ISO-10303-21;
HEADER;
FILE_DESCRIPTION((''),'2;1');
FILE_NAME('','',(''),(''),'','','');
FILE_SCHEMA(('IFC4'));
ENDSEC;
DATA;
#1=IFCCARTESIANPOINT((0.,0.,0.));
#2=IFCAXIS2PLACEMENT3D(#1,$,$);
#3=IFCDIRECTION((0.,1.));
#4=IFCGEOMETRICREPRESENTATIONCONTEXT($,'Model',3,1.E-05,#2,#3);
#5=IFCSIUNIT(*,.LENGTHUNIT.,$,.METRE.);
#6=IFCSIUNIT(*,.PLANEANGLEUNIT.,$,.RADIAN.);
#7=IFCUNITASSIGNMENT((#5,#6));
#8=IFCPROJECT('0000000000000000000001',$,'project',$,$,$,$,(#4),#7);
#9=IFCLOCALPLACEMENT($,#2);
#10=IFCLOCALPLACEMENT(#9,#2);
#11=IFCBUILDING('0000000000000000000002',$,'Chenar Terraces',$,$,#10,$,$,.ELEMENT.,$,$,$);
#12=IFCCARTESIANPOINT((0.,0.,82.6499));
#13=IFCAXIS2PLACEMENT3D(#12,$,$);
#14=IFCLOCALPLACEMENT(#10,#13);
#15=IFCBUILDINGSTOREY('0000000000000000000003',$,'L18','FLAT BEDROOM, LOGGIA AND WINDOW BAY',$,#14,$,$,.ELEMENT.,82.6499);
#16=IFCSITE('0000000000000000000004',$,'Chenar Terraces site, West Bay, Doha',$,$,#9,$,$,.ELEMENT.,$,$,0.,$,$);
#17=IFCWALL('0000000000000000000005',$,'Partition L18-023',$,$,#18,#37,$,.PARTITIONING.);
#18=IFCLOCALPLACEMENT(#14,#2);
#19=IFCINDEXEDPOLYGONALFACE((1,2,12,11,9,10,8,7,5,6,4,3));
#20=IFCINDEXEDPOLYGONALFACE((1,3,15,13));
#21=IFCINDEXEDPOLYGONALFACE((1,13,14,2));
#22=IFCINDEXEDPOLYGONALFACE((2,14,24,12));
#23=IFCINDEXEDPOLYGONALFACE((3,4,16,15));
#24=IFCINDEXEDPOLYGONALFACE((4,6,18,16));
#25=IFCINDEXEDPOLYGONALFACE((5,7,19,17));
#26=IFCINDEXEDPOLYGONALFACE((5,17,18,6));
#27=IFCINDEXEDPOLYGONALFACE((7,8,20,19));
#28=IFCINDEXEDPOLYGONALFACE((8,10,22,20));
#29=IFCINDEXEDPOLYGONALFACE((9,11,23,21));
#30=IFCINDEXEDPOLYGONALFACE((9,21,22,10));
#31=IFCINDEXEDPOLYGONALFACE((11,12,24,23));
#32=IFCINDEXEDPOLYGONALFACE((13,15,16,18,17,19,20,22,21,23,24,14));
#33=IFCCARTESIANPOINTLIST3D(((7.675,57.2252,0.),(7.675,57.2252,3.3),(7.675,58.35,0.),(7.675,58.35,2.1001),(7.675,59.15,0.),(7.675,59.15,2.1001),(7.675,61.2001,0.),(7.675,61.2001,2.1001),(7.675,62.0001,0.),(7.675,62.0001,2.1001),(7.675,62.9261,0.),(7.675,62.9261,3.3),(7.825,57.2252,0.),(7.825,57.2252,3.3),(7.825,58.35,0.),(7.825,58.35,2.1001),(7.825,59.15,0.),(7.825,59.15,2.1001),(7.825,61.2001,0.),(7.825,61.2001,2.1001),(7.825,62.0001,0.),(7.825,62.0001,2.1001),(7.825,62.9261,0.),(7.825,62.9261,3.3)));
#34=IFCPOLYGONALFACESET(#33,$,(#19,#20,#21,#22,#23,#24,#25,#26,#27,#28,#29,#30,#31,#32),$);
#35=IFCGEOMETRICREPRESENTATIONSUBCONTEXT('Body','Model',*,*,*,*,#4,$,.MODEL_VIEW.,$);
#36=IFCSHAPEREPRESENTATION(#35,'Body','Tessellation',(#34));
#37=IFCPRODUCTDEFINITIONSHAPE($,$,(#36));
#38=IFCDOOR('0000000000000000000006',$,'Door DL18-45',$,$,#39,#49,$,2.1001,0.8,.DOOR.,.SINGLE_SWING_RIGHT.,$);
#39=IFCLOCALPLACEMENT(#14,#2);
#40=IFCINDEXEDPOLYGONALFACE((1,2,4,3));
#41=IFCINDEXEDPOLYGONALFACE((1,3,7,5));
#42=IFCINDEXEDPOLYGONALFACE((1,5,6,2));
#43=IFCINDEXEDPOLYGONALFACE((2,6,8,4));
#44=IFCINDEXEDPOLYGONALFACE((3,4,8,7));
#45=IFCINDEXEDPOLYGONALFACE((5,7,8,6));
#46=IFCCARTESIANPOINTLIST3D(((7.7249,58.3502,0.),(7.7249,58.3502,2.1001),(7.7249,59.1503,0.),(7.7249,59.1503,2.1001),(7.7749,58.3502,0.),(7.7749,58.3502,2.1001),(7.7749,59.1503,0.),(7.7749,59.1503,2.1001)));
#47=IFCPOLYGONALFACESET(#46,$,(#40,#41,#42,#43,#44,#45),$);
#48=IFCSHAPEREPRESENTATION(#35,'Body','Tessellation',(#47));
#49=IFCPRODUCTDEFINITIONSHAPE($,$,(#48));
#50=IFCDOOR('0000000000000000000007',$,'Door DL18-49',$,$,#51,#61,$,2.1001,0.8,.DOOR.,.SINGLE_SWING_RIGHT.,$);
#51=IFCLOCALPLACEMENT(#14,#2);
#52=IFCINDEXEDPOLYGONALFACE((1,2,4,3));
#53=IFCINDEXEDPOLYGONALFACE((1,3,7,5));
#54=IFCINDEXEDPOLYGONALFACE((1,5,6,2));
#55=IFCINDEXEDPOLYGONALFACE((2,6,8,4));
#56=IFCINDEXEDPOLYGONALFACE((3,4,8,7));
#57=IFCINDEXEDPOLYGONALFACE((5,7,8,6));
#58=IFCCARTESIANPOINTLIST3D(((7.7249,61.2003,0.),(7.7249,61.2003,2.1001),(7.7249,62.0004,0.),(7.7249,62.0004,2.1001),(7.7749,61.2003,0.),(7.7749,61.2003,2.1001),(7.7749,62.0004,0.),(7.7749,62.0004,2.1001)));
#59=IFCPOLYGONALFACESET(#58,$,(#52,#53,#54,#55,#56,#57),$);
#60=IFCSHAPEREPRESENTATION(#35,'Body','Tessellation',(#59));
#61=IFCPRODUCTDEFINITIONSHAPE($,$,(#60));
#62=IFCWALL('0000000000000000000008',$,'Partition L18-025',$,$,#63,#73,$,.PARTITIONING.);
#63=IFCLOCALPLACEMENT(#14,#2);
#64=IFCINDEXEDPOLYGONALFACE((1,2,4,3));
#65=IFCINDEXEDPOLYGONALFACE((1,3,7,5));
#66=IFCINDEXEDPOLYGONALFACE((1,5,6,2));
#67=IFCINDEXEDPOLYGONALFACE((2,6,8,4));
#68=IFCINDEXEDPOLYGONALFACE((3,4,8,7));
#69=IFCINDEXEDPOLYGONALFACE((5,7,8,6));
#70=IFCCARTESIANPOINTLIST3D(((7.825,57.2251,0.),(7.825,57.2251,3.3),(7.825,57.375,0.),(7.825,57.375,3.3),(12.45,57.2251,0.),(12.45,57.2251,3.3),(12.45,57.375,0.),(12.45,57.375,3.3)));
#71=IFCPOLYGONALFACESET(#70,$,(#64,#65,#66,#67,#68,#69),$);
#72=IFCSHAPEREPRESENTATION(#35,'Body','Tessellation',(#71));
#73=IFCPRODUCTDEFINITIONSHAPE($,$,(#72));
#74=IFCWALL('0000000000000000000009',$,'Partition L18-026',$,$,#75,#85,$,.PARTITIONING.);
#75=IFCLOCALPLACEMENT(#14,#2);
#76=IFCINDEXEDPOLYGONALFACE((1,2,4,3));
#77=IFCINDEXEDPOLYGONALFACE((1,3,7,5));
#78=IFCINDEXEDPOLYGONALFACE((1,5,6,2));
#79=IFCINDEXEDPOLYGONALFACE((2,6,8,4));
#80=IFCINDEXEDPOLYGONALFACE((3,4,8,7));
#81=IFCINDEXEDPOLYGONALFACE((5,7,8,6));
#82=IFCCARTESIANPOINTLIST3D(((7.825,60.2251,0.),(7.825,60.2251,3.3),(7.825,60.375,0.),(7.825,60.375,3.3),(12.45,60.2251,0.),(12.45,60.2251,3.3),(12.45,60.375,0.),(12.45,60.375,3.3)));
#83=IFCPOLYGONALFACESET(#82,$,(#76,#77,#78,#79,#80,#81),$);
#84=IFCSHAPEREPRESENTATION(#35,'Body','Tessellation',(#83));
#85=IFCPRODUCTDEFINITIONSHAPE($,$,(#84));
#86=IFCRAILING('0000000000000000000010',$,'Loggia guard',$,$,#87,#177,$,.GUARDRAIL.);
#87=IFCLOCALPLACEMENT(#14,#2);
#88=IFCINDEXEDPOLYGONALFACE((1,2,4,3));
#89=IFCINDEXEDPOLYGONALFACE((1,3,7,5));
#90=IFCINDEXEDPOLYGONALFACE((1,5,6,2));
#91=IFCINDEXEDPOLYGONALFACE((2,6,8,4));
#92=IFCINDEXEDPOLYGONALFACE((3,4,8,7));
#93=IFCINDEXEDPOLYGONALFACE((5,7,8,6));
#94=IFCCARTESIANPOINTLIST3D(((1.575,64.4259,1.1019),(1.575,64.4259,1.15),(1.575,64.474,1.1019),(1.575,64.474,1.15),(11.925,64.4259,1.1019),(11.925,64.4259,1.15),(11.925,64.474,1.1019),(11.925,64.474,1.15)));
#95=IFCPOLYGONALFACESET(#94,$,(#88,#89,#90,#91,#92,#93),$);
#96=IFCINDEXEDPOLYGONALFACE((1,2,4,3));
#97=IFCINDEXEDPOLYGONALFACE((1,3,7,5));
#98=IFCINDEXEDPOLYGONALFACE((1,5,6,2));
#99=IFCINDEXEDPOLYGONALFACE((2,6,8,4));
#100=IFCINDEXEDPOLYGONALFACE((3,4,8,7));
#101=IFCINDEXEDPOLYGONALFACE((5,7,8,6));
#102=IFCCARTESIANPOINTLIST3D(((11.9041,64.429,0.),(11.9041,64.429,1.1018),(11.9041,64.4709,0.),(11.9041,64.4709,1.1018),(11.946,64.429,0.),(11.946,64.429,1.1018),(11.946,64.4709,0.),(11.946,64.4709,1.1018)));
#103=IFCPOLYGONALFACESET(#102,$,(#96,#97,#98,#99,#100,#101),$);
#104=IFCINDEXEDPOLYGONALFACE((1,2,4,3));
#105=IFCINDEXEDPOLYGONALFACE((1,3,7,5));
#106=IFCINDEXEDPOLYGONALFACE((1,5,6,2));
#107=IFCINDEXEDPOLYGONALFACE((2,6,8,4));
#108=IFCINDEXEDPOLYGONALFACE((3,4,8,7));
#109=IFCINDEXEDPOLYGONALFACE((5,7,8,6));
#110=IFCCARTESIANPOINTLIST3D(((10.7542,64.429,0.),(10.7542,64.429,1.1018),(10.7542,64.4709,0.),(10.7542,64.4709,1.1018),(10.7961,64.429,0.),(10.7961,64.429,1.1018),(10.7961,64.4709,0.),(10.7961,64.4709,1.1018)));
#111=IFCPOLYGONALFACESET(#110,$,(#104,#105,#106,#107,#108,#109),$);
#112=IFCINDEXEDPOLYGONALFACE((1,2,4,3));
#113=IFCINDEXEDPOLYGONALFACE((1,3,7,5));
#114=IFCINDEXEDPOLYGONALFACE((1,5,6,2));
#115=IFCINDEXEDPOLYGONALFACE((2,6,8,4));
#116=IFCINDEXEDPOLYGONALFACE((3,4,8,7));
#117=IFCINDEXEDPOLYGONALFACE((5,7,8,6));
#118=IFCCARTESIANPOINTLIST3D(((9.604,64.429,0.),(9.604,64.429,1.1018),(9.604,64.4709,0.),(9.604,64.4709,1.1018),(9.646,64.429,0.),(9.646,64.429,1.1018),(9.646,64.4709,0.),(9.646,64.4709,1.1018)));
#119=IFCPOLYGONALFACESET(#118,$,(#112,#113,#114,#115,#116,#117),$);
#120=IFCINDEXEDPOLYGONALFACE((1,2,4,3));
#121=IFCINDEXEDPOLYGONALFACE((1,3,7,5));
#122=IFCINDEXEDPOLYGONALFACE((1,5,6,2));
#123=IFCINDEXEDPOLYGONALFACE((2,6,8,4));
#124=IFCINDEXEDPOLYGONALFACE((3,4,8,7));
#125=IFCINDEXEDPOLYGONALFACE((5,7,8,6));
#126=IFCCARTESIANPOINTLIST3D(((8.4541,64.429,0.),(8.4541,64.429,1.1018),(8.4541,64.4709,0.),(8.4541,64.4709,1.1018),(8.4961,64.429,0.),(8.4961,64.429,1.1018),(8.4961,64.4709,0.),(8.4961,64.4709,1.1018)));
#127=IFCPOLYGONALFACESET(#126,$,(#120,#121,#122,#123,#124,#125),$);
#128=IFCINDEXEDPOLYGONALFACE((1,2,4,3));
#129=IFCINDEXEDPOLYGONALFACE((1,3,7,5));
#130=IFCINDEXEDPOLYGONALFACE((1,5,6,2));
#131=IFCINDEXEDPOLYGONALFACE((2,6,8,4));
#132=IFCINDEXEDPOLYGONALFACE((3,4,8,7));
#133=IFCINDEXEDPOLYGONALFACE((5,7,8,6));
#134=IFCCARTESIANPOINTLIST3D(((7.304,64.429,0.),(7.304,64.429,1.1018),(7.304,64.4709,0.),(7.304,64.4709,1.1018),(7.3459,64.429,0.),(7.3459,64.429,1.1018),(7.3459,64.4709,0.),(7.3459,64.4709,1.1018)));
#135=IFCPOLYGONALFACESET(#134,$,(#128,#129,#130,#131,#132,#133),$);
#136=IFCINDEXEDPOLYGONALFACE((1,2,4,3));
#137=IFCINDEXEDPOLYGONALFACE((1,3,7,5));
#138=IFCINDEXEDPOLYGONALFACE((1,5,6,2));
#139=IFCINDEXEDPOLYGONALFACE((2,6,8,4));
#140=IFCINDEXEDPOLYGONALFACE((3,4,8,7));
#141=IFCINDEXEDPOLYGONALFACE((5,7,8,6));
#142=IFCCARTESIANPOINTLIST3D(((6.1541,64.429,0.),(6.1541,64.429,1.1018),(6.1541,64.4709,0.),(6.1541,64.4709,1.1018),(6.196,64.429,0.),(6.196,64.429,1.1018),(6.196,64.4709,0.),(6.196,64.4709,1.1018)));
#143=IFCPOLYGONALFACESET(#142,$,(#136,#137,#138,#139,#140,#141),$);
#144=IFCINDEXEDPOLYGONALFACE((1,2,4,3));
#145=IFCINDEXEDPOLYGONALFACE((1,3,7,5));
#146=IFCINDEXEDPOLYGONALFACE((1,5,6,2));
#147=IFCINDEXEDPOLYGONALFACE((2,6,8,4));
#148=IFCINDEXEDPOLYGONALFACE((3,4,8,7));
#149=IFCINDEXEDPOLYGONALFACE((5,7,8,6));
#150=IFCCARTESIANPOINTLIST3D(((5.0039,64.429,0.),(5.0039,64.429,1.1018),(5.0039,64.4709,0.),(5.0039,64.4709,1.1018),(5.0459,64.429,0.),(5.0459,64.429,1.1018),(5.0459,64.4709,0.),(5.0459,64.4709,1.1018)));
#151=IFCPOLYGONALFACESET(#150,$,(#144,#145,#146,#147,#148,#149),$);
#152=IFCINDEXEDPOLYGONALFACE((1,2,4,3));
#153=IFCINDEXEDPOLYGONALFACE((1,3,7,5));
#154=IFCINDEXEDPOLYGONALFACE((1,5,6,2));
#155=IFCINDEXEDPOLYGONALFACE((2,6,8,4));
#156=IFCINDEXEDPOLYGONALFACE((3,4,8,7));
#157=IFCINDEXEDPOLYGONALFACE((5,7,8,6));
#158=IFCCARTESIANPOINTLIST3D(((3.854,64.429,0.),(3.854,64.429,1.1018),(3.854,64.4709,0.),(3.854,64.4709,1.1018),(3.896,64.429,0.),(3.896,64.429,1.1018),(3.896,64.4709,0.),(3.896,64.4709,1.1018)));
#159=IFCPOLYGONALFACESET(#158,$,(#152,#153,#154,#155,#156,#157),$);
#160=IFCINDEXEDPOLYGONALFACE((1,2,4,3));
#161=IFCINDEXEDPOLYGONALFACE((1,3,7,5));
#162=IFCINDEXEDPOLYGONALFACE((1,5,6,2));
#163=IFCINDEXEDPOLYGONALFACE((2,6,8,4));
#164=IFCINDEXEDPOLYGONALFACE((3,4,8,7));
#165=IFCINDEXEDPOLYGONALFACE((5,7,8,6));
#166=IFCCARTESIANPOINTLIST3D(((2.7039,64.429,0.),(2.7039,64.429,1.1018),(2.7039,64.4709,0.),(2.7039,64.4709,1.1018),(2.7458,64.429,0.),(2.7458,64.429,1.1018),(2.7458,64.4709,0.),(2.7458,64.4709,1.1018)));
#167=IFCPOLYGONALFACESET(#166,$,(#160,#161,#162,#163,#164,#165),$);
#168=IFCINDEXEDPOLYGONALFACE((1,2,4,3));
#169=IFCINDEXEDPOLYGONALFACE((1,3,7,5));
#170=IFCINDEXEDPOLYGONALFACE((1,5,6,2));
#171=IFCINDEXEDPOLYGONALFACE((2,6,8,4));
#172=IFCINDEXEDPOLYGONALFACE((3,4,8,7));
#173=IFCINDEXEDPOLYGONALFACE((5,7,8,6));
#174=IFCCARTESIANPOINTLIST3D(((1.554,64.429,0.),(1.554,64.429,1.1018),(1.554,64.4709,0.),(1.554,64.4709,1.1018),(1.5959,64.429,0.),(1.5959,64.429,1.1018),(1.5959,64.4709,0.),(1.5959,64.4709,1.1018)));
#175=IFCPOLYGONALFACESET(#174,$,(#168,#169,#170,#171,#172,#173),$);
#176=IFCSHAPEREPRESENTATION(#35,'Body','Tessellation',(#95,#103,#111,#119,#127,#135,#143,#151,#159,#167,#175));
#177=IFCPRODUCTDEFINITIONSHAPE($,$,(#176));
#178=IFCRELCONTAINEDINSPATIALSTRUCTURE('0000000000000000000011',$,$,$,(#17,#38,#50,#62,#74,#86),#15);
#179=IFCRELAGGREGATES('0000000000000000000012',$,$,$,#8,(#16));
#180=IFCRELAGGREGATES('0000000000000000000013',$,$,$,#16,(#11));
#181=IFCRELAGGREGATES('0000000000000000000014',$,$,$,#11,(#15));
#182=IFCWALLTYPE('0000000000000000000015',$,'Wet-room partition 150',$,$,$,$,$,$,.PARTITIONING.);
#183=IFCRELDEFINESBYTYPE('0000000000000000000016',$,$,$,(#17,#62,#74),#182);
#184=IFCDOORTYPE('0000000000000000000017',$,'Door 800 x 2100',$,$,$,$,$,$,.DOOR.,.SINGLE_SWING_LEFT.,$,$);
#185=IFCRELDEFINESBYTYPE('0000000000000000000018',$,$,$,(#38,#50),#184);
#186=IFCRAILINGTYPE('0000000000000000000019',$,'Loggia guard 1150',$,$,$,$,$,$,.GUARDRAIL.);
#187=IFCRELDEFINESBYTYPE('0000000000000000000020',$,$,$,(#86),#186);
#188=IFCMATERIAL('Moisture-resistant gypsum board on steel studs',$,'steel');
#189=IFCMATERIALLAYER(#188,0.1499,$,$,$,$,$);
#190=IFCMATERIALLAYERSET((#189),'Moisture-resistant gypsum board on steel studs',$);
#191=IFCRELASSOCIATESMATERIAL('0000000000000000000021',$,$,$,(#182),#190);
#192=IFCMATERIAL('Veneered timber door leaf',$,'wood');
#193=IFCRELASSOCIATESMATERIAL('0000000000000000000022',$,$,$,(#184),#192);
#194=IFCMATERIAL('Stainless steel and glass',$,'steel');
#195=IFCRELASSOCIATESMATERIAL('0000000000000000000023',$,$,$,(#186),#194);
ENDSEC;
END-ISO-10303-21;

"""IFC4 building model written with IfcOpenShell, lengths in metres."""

from ifc_helpers import new_model, si_unit, direction, frame, frame_2d, origin, origin_2d, place, context, subcontext, project, spatial, rectangle, extrude, material, layer, layer_set, type_object, element, fill, save


model = new_model("IFC4")

# Units and contexts
model_context = context("Model", 3, precision=1e-05, world=origin(), true_north=direction((0.0, 1.0)))
body_context = subcontext(model_context, "Body", "Model", "MODEL_VIEW")
ifc_project = project(units=[si_unit("LENGTHUNIT", "METRE"), si_unit("PLANEANGLEUNIT", "RADIAN")], contexts=[model_context])

# Site, building, storey
site_placement = place(None, origin())
site = spatial("IfcSite", under=ifc_project, at=site_placement, Name="Chenar Terraces site, West Bay, Doha", CompositionType="ELEMENT", RefElevation=0.0)
building_placement = place(site_placement, origin())
building = spatial("IfcBuilding", under=site, at=building_placement, Name="Chenar Terraces", CompositionType="ELEMENT")
storey_placement = place(building_placement, frame((0.0, 0.0, 82.6499)))
storey = spatial("IfcBuildingStorey", under=building, at=storey_placement, Name="L18", Description="FLAT BEDROOM, LOGGIA AND WINDOW BAY", CompositionType="ELEMENT", Elevation=82.6499)

# Wall, openings, doors
ifc_material_1 = material(Name="Moisture-resistant gypsum board on steel studs", Category="steel")
ifc_layer_1 = layer(ifc_material_1, 0.1499)
ifc_layer_set_1 = layer_set([ifc_layer_1], Name="Moisture-resistant gypsum board on steel studs")
wall_type_1 = type_object("IfcWallType", Name="Wet-room partition 150", PredefinedType="PARTITIONING", material=ifc_layer_set_1)
wall_1_placement = place(storey_placement, frame((7.75, 57.2251, 0.0), z_axis=(0.0, 0.0, 1.0), x_axis=(0.0, 1.0, 0.0)))
wall_1 = element("IfcWall", 1, at=wall_1_placement, inside=storey, type_object=wall_type_1, Name="Partition L18-023", PredefinedType="PARTITIONING", context=body_context, shape_type="SweptSolid", body=[
    extrude(rectangle(XDim=5.7009, YDim=0.1499, at=frame_2d((2.8506, 0.0))), origin(), (0.0, 0.0, 1.0), 3.3),
])
opening_1_placement = place(wall_1_placement, frame((1.125, 0.0, 0.0)))
opening_1 = element("IfcOpeningElement", 2, at=opening_1_placement, cuts=wall_1, PredefinedType="OPENING", context=body_context, shape_type="SweptSolid", body=[
    extrude(rectangle(XDim=0.8, YDim=2.1001, at=frame_2d((0.3999, 1.05))), frame((0.0, 0.085, 0.0), z_axis=(0.0, -1.0, 0.0), x_axis=(1.0, 0.0, 0.0)), (0.0, 0.0, 1.0), 0.1699),
])
opening_2_placement = place(wall_1_placement, frame((3.9751, 0.0, 0.0)))
opening_2 = element("IfcOpeningElement", 3, at=opening_2_placement, cuts=wall_1, PredefinedType="OPENING", context=body_context, shape_type="SweptSolid", body=[
    extrude(rectangle(XDim=0.8, YDim=2.1001, at=frame_2d((0.3999, 1.05))), frame((0.0, 0.085, 0.0), z_axis=(0.0, -1.0, 0.0), x_axis=(1.0, 0.0, 0.0)), (0.0, 0.0, 1.0), 0.1699),
])
ifc_material_2 = material(Name="Veneered timber door leaf", Category="wood")
door_type_1 = type_object("IfcDoorType", Name="Door 800 x 2100", OperationType="SINGLE_SWING_LEFT", PredefinedType="DOOR", material=ifc_material_2)
door_1_placement = place(opening_1_placement, frame((0.8, 0.0, 0.0), z_axis=(0.0, 0.0, 1.0), x_axis=(-1.0, 0.0, 0.0)))
door_1 = element("IfcDoor", 4, at=door_1_placement, inside=storey, type_object=door_type_1, Name="Door DL18-45", OperationType="SINGLE_SWING_RIGHT", OverallHeight=2.1001, OverallWidth=0.8, PredefinedType="DOOR", context=body_context, shape_type="SweptSolid", body=[
    extrude(rectangle(XDim=0.8, YDim=2.1001, at=frame_2d((0.3999, 1.05))), frame((0.0, 0.0249, 0.0), z_axis=(0.0, -1.0, 0.0), x_axis=(1.0, 0.0, 0.0)), (0.0, 0.0, 1.0), 0.05),
])
fill(opening_1, door_1)
door_2_placement = place(opening_2_placement, frame((0.8, 0.0, 0.0), z_axis=(0.0, 0.0, 1.0), x_axis=(-1.0, 0.0, 0.0)))
door_2 = element("IfcDoor", 5, at=door_2_placement, inside=storey, type_object=door_type_1, Name="Door DL18-49", OperationType="SINGLE_SWING_RIGHT", OverallHeight=2.1001, OverallWidth=0.8, PredefinedType="DOOR", context=body_context, shape_type="SweptSolid", body=[
    extrude(rectangle(XDim=0.8, YDim=2.1001, at=frame_2d((0.3999, 1.05))), frame((0.0, 0.0249, 0.0), z_axis=(0.0, -1.0, 0.0), x_axis=(1.0, 0.0, 0.0)), (0.0, 0.0, 1.0), 0.05),
])
fill(opening_2, door_2)

# Walls
for number, where, z_axis, x_axis, name in (
    (6, (7.825, 57.3, 0.0), (0.0, 0.0, 1.0), (1.0, 0.0, 0.0), "Partition L18-025"),
    (7, (7.825, 60.3, 0.0), (0.0, 0.0, 1.0), (1.0, 0.0, 0.0), "Partition L18-026"),
):
    element("IfcWall", number, at=place(storey_placement, frame(where, z_axis=z_axis, x_axis=x_axis)), inside=storey, type_object=wall_type_1, Name=name, PredefinedType="PARTITIONING", context=body_context, shape_type="SweptSolid", body=[
        extrude(rectangle(XDim=4.625, YDim=0.1499, at=frame_2d((2.3125, 0.0))), origin(), (0.0, 0.0, 1.0), 3.3),
    ])

# Railing
ifc_material_3 = material(Name="Stainless steel and glass", Category="steel")
railing_type = type_object("IfcRailingType", Name="Loggia guard 1150", PredefinedType="GUARDRAIL", material=ifc_material_3)
railing_1_placement = place(storey_placement, frame((11.925, 64.45, 0.0)))
element("IfcRailing", 8, at=railing_1_placement, inside=storey, type_object=railing_type, Name="Loggia guard", PredefinedType="GUARDRAIL", context=body_context, shape_type="SweptSolid", body=[
    extrude(rectangle(XDim=0.0481, YDim=0.0481, at=origin_2d()), frame((0.0, 0.0, 1.126), z_axis=(-1.0, 0.0, 0.0), x_axis=(0.0, -1.0, 0.0)), (0.0, 0.0, 1.0), 10.3501),
    extrude(rectangle(XDim=0.042, YDim=0.042, at=origin_2d()), origin(), (0.0, 0.0, 1.0), 1.1018),
    extrude(rectangle(XDim=0.042, YDim=0.042, at=origin_2d()), frame((-1.1499, 0.0, 0.0)), (0.0, 0.0, 1.0), 1.1018),
    extrude(rectangle(XDim=0.042, YDim=0.042, at=origin_2d()), frame((-2.3, 0.0, 0.0)), (0.0, 0.0, 1.0), 1.1018),
    extrude(rectangle(XDim=0.042, YDim=0.042, at=origin_2d()), frame((-3.45, 0.0, 0.0)), (0.0, 0.0, 1.0), 1.1018),
    extrude(rectangle(XDim=0.042, YDim=0.042, at=origin_2d()), frame((-4.6001, 0.0, 0.0)), (0.0, 0.0, 1.0), 1.1018),
    extrude(rectangle(XDim=0.042, YDim=0.042, at=origin_2d()), frame((-5.75, 0.0, 0.0)), (0.0, 0.0, 1.0), 1.1018),
    extrude(rectangle(XDim=0.042, YDim=0.042, at=origin_2d()), frame((-6.9001, 0.0, 0.0)), (0.0, 0.0, 1.0), 1.1018),
    extrude(rectangle(XDim=0.042, YDim=0.042, at=origin_2d()), frame((-8.05, 0.0, 0.0)), (0.0, 0.0, 1.0), 1.1018),
    extrude(rectangle(XDim=0.042, YDim=0.042, at=origin_2d()), frame((-9.2002, 0.0, 0.0)), (0.0, 0.0, 1.0), 1.1018),
    extrude(rectangle(XDim=0.042, YDim=0.042, at=origin_2d()), frame((-10.3501, 0.0, 0.0)), (0.0, 0.0, 1.0), 1.1018),
])

save(model, "model.ifc")
